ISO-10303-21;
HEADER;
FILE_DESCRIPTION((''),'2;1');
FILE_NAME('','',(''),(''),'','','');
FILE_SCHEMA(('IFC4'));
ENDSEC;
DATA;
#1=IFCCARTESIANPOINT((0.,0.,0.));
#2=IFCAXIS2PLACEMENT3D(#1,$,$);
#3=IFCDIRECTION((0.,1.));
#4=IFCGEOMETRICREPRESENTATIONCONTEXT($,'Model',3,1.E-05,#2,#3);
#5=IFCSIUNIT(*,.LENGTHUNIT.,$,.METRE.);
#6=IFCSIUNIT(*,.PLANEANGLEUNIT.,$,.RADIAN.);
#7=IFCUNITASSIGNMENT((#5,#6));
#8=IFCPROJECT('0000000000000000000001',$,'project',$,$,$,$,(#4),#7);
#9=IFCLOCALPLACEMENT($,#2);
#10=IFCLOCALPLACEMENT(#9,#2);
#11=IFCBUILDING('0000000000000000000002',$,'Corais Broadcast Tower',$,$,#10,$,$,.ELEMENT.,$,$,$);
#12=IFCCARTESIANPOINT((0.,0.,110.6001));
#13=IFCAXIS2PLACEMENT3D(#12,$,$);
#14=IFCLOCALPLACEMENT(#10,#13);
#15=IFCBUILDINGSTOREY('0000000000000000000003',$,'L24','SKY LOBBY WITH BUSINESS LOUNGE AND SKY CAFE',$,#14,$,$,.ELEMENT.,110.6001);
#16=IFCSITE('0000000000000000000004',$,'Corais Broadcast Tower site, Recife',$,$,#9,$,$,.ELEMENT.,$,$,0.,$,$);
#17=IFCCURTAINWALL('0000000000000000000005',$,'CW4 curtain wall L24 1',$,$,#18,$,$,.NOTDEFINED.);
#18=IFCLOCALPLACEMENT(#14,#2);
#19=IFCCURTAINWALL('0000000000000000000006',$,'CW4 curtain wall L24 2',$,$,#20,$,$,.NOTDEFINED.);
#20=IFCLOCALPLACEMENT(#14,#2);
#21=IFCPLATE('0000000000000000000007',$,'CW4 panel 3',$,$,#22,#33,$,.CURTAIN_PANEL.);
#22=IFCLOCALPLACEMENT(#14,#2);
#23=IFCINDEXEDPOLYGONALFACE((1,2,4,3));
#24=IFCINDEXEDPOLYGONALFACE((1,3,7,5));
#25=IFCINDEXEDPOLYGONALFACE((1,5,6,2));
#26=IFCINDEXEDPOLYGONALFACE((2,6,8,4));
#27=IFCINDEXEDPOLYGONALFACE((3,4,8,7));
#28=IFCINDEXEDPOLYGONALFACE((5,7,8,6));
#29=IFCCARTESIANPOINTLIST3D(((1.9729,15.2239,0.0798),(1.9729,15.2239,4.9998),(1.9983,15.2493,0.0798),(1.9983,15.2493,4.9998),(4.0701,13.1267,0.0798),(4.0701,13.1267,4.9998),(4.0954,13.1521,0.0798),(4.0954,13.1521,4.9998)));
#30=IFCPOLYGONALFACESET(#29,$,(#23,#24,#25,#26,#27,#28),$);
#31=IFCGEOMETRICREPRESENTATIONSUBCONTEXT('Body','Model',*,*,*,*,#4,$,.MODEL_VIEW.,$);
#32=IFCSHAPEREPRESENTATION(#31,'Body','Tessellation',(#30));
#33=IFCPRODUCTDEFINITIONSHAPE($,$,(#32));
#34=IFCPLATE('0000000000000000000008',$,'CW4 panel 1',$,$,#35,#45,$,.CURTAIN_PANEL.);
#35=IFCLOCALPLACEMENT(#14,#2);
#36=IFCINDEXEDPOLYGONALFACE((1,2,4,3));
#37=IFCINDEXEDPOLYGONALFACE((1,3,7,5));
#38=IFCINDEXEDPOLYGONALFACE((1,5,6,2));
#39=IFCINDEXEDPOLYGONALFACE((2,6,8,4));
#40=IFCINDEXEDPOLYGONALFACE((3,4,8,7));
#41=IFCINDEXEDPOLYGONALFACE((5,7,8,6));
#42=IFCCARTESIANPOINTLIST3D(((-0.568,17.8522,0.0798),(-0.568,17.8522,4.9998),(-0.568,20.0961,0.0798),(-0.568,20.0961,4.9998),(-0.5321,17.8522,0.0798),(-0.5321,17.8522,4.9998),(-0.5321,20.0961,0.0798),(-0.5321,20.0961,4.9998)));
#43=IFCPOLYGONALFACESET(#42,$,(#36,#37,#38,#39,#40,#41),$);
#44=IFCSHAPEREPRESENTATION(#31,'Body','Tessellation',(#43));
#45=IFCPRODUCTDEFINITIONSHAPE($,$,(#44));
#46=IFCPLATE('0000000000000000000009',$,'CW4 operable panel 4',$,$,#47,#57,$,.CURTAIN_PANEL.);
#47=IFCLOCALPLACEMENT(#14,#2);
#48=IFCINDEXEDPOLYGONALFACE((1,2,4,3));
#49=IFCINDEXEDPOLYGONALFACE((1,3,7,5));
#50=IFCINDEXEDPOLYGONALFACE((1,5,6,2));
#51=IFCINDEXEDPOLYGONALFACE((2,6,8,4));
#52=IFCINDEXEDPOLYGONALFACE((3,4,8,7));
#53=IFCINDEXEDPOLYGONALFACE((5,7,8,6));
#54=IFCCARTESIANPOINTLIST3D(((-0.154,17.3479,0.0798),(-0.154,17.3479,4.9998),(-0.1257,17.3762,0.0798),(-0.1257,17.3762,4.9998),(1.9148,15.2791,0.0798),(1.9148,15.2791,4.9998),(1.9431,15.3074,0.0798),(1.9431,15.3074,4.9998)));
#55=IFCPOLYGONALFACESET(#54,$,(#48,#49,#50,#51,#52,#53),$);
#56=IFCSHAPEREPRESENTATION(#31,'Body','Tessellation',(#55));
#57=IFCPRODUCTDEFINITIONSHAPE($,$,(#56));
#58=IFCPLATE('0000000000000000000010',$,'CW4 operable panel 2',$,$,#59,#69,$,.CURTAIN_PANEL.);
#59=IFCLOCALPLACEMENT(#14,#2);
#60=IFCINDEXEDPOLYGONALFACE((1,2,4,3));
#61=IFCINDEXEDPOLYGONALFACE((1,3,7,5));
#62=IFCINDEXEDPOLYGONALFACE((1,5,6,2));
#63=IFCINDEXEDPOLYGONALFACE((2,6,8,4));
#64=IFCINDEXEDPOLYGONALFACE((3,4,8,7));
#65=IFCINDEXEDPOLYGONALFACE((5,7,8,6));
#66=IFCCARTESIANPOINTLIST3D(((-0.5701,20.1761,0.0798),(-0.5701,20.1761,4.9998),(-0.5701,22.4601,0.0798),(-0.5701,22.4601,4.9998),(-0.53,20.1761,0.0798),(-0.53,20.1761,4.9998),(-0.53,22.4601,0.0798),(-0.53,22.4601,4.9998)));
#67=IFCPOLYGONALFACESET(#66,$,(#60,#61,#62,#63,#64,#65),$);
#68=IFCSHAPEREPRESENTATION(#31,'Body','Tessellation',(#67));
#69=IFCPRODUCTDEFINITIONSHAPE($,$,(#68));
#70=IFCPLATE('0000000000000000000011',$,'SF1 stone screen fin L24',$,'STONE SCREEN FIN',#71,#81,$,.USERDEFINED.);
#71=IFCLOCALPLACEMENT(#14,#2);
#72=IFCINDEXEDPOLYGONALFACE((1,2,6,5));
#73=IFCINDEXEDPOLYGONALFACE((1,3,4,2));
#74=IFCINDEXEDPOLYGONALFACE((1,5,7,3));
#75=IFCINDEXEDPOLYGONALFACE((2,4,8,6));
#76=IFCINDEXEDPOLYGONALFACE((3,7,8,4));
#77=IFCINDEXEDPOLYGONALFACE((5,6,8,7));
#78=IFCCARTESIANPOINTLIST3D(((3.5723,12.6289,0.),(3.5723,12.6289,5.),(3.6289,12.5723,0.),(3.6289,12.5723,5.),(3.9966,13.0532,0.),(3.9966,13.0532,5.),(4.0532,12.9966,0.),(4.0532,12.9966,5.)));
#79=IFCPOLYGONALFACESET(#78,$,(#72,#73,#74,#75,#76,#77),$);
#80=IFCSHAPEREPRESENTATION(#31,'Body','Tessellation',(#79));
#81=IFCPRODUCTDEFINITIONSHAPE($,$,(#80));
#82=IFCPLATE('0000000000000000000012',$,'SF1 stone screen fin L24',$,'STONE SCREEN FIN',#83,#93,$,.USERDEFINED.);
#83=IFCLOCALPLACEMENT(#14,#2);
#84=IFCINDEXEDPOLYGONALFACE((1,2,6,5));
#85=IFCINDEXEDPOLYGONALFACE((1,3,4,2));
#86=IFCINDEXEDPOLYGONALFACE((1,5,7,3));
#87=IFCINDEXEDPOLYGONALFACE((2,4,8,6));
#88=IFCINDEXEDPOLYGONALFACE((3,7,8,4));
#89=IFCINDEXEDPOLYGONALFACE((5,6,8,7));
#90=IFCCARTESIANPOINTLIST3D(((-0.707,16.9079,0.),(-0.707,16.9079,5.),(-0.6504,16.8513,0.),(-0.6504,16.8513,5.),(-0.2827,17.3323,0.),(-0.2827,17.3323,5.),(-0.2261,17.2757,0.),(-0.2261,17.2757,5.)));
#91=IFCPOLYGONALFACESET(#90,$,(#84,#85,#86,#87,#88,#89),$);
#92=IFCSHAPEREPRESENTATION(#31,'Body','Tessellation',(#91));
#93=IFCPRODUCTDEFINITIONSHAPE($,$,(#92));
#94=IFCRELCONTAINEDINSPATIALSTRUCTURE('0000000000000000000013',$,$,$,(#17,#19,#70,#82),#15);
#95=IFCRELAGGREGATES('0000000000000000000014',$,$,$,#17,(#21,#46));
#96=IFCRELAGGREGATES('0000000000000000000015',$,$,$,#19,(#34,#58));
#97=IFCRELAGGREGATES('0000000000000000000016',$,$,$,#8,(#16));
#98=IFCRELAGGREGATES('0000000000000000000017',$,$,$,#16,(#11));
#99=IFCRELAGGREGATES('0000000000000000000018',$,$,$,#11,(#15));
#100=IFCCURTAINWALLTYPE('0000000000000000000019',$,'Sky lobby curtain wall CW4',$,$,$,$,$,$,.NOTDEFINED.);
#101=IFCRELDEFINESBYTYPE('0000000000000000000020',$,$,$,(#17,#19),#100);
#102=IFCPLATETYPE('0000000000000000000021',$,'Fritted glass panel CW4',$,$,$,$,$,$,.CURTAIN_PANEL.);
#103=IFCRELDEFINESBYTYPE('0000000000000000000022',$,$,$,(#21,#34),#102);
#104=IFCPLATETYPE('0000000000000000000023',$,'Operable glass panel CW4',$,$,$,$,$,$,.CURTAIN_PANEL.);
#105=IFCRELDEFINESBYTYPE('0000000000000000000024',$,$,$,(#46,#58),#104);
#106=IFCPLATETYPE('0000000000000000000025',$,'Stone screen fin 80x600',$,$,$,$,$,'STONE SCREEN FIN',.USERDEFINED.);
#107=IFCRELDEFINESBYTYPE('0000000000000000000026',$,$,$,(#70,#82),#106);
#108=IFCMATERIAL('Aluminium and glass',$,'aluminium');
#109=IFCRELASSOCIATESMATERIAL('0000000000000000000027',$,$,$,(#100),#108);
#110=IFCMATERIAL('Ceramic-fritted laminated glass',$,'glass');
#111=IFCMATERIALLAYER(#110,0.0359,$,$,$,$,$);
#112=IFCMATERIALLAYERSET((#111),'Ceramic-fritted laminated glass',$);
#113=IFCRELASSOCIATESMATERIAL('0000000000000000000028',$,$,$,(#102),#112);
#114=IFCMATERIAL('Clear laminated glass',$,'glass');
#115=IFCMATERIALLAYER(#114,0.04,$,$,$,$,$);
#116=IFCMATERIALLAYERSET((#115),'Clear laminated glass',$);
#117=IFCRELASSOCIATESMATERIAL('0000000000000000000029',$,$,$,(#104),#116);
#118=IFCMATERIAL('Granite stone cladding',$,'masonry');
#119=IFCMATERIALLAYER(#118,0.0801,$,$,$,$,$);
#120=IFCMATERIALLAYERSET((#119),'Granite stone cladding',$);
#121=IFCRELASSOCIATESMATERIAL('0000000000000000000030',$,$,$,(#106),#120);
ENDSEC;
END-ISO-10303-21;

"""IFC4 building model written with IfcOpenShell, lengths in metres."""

from ifc_helpers import new_model, si_unit, direction, frame, origin, origin_2d, place, context, subcontext, project, spatial, rectangle, extrude, material, layer, layer_set, type_object, element, aggregate, save


model = new_model("IFC4")

# Units and contexts
model_context = context("Model", 3, precision=1e-05, world=origin(), true_north=direction((0.0, 1.0)))
body_context = subcontext(model_context, "Body", "Model", "MODEL_VIEW")
ifc_project = project(units=[si_unit("LENGTHUNIT", "METRE"), si_unit("PLANEANGLEUNIT", "RADIAN")], contexts=[model_context])

# Site, building, storey
site_placement = place(None, origin())
site = spatial("IfcSite", under=ifc_project, at=site_placement, Name="Corais Broadcast Tower site, Recife", CompositionType="ELEMENT", RefElevation=0.0)
building_placement = place(site_placement, origin())
building = spatial("IfcBuilding", under=site, at=building_placement, Name="Corais Broadcast Tower", CompositionType="ELEMENT")
storey_placement = place(building_placement, frame((0.0, 0.0, 110.6001)))
storey = spatial("IfcBuildingStorey", under=building, at=storey_placement, Name="L24", Description="SKY LOBBY WITH BUSINESS LOUNGE AND SKY CAFE", CompositionType="ELEMENT", Elevation=110.6001)

# Curtain walls
ifc_material_1 = material(Name="Aluminium and glass", Category="aluminium")
curtain_wall_type = type_object("IfcCurtainWallType", Name="Sky lobby curtain wall CW4", PredefinedType="NOTDEFINED", material=ifc_material_1)
curtain_wall_1_placement = place(storey_placement, origin())
curtain_wall_1 = element("IfcCurtainWall", 1, at=curtain_wall_1_placement, inside=storey, type_object=curtain_wall_type, Name="CW4 curtain wall L24 1", PredefinedType="NOTDEFINED")
curtain_wall_2_placement = place(storey_placement, origin())
curtain_wall_2 = element("IfcCurtainWall", 2, at=curtain_wall_2_placement, inside=storey, type_object=curtain_wall_type, Name="CW4 curtain wall L24 2", PredefinedType="NOTDEFINED")

# Plates
ifc_material_2 = material(Name="Ceramic-fritted laminated glass", Category="glass")
ifc_layer_1 = layer(ifc_material_2, 0.0359)
ifc_layer_set_1 = layer_set([ifc_layer_1], Name="Ceramic-fritted laminated glass")
plate_type_1 = type_object("IfcPlateType", Name="Fritted glass panel CW4", PredefinedType="CURTAIN_PANEL", material=ifc_layer_set_1)
plate_1_placement = place(storey_placement, frame((3.0342, 14.188, 0.0798), z_axis=(0.0, 0.0, 1.0), x_axis=(-0.707107, 0.707107, 0.0)))
plate_1 = element("IfcPlate", 3, at=plate_1_placement, type_object=plate_type_1, Name="CW4 panel 3", PredefinedType="CURTAIN_PANEL", context=body_context, shape_type="SweptSolid", body=[
    extrude(rectangle(XDim=2.9658, YDim=0.0359, at=origin_2d()), origin(), (0.0, 0.0, 1.0), 4.9199),
])
plate_2_placement = place(storey_placement, frame((-0.55, 18.9741, 0.0798), z_axis=(0.0, 0.0, 1.0), x_axis=(0.0, 1.0, 0.0)))
plate_2 = element("IfcPlate", 4, at=plate_2_placement, type_object=plate_type_1, Name="CW4 panel 1", PredefinedType="CURTAIN_PANEL", context=body_context, shape_type="SweptSolid", body=[
    extrude(rectangle(XDim=2.2439, YDim=0.0359, at=origin_2d()), origin(), (0.0, 0.0, 1.0), 4.9199),
])
ifc_material_3 = material(Name="Clear laminated glass", Category="glass")
ifc_layer_2 = layer(ifc_material_3, 0.04)
ifc_layer_set_2 = layer_set([ifc_layer_2], Name="Clear laminated glass")
plate_type_2 = type_object("IfcPlateType", Name="Operable glass panel CW4", PredefinedType="CURTAIN_PANEL", material=ifc_layer_set_2)
plate_3_placement = place(storey_placement, frame((0.8945, 16.3276, 0.0798), z_axis=(0.0, 0.0, 1.0), x_axis=(-0.707107, 0.707107, 0.0)))
plate_3 = element("IfcPlate", 5, at=plate_3_placement, type_object=plate_type_2, Name="CW4 operable panel 4", PredefinedType="CURTAIN_PANEL", context=body_context, shape_type="SweptSolid", body=[
    extrude(rectangle(XDim=2.9258, YDim=0.04, at=origin_2d()), origin(), (0.0, 0.0, 1.0), 4.9199),
])
aggregate(curtain_wall_1, [plate_1, plate_3])
plate_4_placement = place(storey_placement, frame((-0.55, 21.3181, 0.0798), z_axis=(0.0, 0.0, 1.0), x_axis=(0.0, 1.0, 0.0)))
plate_4 = element("IfcPlate", 6, at=plate_4_placement, type_object=plate_type_2, Name="CW4 operable panel 2", PredefinedType="CURTAIN_PANEL", context=body_context, shape_type="SweptSolid", body=[
    extrude(rectangle(XDim=2.2839, YDim=0.04, at=origin_2d()), origin(), (0.0, 0.0, 1.0), 4.9199),
])
aggregate(curtain_wall_2, [plate_2, plate_4])

# Plates
ifc_material_4 = material(Name="Granite stone cladding", Category="masonry")
ifc_layer_3 = layer(ifc_material_4, 0.0801)
ifc_layer_set_3 = layer_set([ifc_layer_3], Name="Granite stone cladding")
plate_type_3 = type_object("IfcPlateType", Name="Stone screen fin 80x600", ElementType="STONE SCREEN FIN", PredefinedType="USERDEFINED", material=ifc_layer_set_3)
for number, where, z_axis, x_axis, name in (
    (7, (3.8127, 12.8127, 0.0), (0.0, 0.0, 1.0), (-0.707107, 0.707107, 0.0), "SF1 stone screen fin L24"),
    (8, (-0.4666, 17.0918, 0.0), (0.0, 0.0, 1.0), (-0.707107, 0.707107, 0.0), "SF1 stone screen fin L24"),
):
    element("IfcPlate", number, at=place(storey_placement, frame(where, z_axis=z_axis, x_axis=x_axis)), inside=storey, type_object=plate_type_3, Name=name, ObjectType="STONE SCREEN FIN", PredefinedType="USERDEFINED", context=body_context, shape_type="SweptSolid", body=[
        extrude(rectangle(XDim=0.0801, YDim=0.6001, at=origin_2d()), origin(), (0.0, 0.0, 1.0), 5.0),
    ])

save(model, "model.ifc")
